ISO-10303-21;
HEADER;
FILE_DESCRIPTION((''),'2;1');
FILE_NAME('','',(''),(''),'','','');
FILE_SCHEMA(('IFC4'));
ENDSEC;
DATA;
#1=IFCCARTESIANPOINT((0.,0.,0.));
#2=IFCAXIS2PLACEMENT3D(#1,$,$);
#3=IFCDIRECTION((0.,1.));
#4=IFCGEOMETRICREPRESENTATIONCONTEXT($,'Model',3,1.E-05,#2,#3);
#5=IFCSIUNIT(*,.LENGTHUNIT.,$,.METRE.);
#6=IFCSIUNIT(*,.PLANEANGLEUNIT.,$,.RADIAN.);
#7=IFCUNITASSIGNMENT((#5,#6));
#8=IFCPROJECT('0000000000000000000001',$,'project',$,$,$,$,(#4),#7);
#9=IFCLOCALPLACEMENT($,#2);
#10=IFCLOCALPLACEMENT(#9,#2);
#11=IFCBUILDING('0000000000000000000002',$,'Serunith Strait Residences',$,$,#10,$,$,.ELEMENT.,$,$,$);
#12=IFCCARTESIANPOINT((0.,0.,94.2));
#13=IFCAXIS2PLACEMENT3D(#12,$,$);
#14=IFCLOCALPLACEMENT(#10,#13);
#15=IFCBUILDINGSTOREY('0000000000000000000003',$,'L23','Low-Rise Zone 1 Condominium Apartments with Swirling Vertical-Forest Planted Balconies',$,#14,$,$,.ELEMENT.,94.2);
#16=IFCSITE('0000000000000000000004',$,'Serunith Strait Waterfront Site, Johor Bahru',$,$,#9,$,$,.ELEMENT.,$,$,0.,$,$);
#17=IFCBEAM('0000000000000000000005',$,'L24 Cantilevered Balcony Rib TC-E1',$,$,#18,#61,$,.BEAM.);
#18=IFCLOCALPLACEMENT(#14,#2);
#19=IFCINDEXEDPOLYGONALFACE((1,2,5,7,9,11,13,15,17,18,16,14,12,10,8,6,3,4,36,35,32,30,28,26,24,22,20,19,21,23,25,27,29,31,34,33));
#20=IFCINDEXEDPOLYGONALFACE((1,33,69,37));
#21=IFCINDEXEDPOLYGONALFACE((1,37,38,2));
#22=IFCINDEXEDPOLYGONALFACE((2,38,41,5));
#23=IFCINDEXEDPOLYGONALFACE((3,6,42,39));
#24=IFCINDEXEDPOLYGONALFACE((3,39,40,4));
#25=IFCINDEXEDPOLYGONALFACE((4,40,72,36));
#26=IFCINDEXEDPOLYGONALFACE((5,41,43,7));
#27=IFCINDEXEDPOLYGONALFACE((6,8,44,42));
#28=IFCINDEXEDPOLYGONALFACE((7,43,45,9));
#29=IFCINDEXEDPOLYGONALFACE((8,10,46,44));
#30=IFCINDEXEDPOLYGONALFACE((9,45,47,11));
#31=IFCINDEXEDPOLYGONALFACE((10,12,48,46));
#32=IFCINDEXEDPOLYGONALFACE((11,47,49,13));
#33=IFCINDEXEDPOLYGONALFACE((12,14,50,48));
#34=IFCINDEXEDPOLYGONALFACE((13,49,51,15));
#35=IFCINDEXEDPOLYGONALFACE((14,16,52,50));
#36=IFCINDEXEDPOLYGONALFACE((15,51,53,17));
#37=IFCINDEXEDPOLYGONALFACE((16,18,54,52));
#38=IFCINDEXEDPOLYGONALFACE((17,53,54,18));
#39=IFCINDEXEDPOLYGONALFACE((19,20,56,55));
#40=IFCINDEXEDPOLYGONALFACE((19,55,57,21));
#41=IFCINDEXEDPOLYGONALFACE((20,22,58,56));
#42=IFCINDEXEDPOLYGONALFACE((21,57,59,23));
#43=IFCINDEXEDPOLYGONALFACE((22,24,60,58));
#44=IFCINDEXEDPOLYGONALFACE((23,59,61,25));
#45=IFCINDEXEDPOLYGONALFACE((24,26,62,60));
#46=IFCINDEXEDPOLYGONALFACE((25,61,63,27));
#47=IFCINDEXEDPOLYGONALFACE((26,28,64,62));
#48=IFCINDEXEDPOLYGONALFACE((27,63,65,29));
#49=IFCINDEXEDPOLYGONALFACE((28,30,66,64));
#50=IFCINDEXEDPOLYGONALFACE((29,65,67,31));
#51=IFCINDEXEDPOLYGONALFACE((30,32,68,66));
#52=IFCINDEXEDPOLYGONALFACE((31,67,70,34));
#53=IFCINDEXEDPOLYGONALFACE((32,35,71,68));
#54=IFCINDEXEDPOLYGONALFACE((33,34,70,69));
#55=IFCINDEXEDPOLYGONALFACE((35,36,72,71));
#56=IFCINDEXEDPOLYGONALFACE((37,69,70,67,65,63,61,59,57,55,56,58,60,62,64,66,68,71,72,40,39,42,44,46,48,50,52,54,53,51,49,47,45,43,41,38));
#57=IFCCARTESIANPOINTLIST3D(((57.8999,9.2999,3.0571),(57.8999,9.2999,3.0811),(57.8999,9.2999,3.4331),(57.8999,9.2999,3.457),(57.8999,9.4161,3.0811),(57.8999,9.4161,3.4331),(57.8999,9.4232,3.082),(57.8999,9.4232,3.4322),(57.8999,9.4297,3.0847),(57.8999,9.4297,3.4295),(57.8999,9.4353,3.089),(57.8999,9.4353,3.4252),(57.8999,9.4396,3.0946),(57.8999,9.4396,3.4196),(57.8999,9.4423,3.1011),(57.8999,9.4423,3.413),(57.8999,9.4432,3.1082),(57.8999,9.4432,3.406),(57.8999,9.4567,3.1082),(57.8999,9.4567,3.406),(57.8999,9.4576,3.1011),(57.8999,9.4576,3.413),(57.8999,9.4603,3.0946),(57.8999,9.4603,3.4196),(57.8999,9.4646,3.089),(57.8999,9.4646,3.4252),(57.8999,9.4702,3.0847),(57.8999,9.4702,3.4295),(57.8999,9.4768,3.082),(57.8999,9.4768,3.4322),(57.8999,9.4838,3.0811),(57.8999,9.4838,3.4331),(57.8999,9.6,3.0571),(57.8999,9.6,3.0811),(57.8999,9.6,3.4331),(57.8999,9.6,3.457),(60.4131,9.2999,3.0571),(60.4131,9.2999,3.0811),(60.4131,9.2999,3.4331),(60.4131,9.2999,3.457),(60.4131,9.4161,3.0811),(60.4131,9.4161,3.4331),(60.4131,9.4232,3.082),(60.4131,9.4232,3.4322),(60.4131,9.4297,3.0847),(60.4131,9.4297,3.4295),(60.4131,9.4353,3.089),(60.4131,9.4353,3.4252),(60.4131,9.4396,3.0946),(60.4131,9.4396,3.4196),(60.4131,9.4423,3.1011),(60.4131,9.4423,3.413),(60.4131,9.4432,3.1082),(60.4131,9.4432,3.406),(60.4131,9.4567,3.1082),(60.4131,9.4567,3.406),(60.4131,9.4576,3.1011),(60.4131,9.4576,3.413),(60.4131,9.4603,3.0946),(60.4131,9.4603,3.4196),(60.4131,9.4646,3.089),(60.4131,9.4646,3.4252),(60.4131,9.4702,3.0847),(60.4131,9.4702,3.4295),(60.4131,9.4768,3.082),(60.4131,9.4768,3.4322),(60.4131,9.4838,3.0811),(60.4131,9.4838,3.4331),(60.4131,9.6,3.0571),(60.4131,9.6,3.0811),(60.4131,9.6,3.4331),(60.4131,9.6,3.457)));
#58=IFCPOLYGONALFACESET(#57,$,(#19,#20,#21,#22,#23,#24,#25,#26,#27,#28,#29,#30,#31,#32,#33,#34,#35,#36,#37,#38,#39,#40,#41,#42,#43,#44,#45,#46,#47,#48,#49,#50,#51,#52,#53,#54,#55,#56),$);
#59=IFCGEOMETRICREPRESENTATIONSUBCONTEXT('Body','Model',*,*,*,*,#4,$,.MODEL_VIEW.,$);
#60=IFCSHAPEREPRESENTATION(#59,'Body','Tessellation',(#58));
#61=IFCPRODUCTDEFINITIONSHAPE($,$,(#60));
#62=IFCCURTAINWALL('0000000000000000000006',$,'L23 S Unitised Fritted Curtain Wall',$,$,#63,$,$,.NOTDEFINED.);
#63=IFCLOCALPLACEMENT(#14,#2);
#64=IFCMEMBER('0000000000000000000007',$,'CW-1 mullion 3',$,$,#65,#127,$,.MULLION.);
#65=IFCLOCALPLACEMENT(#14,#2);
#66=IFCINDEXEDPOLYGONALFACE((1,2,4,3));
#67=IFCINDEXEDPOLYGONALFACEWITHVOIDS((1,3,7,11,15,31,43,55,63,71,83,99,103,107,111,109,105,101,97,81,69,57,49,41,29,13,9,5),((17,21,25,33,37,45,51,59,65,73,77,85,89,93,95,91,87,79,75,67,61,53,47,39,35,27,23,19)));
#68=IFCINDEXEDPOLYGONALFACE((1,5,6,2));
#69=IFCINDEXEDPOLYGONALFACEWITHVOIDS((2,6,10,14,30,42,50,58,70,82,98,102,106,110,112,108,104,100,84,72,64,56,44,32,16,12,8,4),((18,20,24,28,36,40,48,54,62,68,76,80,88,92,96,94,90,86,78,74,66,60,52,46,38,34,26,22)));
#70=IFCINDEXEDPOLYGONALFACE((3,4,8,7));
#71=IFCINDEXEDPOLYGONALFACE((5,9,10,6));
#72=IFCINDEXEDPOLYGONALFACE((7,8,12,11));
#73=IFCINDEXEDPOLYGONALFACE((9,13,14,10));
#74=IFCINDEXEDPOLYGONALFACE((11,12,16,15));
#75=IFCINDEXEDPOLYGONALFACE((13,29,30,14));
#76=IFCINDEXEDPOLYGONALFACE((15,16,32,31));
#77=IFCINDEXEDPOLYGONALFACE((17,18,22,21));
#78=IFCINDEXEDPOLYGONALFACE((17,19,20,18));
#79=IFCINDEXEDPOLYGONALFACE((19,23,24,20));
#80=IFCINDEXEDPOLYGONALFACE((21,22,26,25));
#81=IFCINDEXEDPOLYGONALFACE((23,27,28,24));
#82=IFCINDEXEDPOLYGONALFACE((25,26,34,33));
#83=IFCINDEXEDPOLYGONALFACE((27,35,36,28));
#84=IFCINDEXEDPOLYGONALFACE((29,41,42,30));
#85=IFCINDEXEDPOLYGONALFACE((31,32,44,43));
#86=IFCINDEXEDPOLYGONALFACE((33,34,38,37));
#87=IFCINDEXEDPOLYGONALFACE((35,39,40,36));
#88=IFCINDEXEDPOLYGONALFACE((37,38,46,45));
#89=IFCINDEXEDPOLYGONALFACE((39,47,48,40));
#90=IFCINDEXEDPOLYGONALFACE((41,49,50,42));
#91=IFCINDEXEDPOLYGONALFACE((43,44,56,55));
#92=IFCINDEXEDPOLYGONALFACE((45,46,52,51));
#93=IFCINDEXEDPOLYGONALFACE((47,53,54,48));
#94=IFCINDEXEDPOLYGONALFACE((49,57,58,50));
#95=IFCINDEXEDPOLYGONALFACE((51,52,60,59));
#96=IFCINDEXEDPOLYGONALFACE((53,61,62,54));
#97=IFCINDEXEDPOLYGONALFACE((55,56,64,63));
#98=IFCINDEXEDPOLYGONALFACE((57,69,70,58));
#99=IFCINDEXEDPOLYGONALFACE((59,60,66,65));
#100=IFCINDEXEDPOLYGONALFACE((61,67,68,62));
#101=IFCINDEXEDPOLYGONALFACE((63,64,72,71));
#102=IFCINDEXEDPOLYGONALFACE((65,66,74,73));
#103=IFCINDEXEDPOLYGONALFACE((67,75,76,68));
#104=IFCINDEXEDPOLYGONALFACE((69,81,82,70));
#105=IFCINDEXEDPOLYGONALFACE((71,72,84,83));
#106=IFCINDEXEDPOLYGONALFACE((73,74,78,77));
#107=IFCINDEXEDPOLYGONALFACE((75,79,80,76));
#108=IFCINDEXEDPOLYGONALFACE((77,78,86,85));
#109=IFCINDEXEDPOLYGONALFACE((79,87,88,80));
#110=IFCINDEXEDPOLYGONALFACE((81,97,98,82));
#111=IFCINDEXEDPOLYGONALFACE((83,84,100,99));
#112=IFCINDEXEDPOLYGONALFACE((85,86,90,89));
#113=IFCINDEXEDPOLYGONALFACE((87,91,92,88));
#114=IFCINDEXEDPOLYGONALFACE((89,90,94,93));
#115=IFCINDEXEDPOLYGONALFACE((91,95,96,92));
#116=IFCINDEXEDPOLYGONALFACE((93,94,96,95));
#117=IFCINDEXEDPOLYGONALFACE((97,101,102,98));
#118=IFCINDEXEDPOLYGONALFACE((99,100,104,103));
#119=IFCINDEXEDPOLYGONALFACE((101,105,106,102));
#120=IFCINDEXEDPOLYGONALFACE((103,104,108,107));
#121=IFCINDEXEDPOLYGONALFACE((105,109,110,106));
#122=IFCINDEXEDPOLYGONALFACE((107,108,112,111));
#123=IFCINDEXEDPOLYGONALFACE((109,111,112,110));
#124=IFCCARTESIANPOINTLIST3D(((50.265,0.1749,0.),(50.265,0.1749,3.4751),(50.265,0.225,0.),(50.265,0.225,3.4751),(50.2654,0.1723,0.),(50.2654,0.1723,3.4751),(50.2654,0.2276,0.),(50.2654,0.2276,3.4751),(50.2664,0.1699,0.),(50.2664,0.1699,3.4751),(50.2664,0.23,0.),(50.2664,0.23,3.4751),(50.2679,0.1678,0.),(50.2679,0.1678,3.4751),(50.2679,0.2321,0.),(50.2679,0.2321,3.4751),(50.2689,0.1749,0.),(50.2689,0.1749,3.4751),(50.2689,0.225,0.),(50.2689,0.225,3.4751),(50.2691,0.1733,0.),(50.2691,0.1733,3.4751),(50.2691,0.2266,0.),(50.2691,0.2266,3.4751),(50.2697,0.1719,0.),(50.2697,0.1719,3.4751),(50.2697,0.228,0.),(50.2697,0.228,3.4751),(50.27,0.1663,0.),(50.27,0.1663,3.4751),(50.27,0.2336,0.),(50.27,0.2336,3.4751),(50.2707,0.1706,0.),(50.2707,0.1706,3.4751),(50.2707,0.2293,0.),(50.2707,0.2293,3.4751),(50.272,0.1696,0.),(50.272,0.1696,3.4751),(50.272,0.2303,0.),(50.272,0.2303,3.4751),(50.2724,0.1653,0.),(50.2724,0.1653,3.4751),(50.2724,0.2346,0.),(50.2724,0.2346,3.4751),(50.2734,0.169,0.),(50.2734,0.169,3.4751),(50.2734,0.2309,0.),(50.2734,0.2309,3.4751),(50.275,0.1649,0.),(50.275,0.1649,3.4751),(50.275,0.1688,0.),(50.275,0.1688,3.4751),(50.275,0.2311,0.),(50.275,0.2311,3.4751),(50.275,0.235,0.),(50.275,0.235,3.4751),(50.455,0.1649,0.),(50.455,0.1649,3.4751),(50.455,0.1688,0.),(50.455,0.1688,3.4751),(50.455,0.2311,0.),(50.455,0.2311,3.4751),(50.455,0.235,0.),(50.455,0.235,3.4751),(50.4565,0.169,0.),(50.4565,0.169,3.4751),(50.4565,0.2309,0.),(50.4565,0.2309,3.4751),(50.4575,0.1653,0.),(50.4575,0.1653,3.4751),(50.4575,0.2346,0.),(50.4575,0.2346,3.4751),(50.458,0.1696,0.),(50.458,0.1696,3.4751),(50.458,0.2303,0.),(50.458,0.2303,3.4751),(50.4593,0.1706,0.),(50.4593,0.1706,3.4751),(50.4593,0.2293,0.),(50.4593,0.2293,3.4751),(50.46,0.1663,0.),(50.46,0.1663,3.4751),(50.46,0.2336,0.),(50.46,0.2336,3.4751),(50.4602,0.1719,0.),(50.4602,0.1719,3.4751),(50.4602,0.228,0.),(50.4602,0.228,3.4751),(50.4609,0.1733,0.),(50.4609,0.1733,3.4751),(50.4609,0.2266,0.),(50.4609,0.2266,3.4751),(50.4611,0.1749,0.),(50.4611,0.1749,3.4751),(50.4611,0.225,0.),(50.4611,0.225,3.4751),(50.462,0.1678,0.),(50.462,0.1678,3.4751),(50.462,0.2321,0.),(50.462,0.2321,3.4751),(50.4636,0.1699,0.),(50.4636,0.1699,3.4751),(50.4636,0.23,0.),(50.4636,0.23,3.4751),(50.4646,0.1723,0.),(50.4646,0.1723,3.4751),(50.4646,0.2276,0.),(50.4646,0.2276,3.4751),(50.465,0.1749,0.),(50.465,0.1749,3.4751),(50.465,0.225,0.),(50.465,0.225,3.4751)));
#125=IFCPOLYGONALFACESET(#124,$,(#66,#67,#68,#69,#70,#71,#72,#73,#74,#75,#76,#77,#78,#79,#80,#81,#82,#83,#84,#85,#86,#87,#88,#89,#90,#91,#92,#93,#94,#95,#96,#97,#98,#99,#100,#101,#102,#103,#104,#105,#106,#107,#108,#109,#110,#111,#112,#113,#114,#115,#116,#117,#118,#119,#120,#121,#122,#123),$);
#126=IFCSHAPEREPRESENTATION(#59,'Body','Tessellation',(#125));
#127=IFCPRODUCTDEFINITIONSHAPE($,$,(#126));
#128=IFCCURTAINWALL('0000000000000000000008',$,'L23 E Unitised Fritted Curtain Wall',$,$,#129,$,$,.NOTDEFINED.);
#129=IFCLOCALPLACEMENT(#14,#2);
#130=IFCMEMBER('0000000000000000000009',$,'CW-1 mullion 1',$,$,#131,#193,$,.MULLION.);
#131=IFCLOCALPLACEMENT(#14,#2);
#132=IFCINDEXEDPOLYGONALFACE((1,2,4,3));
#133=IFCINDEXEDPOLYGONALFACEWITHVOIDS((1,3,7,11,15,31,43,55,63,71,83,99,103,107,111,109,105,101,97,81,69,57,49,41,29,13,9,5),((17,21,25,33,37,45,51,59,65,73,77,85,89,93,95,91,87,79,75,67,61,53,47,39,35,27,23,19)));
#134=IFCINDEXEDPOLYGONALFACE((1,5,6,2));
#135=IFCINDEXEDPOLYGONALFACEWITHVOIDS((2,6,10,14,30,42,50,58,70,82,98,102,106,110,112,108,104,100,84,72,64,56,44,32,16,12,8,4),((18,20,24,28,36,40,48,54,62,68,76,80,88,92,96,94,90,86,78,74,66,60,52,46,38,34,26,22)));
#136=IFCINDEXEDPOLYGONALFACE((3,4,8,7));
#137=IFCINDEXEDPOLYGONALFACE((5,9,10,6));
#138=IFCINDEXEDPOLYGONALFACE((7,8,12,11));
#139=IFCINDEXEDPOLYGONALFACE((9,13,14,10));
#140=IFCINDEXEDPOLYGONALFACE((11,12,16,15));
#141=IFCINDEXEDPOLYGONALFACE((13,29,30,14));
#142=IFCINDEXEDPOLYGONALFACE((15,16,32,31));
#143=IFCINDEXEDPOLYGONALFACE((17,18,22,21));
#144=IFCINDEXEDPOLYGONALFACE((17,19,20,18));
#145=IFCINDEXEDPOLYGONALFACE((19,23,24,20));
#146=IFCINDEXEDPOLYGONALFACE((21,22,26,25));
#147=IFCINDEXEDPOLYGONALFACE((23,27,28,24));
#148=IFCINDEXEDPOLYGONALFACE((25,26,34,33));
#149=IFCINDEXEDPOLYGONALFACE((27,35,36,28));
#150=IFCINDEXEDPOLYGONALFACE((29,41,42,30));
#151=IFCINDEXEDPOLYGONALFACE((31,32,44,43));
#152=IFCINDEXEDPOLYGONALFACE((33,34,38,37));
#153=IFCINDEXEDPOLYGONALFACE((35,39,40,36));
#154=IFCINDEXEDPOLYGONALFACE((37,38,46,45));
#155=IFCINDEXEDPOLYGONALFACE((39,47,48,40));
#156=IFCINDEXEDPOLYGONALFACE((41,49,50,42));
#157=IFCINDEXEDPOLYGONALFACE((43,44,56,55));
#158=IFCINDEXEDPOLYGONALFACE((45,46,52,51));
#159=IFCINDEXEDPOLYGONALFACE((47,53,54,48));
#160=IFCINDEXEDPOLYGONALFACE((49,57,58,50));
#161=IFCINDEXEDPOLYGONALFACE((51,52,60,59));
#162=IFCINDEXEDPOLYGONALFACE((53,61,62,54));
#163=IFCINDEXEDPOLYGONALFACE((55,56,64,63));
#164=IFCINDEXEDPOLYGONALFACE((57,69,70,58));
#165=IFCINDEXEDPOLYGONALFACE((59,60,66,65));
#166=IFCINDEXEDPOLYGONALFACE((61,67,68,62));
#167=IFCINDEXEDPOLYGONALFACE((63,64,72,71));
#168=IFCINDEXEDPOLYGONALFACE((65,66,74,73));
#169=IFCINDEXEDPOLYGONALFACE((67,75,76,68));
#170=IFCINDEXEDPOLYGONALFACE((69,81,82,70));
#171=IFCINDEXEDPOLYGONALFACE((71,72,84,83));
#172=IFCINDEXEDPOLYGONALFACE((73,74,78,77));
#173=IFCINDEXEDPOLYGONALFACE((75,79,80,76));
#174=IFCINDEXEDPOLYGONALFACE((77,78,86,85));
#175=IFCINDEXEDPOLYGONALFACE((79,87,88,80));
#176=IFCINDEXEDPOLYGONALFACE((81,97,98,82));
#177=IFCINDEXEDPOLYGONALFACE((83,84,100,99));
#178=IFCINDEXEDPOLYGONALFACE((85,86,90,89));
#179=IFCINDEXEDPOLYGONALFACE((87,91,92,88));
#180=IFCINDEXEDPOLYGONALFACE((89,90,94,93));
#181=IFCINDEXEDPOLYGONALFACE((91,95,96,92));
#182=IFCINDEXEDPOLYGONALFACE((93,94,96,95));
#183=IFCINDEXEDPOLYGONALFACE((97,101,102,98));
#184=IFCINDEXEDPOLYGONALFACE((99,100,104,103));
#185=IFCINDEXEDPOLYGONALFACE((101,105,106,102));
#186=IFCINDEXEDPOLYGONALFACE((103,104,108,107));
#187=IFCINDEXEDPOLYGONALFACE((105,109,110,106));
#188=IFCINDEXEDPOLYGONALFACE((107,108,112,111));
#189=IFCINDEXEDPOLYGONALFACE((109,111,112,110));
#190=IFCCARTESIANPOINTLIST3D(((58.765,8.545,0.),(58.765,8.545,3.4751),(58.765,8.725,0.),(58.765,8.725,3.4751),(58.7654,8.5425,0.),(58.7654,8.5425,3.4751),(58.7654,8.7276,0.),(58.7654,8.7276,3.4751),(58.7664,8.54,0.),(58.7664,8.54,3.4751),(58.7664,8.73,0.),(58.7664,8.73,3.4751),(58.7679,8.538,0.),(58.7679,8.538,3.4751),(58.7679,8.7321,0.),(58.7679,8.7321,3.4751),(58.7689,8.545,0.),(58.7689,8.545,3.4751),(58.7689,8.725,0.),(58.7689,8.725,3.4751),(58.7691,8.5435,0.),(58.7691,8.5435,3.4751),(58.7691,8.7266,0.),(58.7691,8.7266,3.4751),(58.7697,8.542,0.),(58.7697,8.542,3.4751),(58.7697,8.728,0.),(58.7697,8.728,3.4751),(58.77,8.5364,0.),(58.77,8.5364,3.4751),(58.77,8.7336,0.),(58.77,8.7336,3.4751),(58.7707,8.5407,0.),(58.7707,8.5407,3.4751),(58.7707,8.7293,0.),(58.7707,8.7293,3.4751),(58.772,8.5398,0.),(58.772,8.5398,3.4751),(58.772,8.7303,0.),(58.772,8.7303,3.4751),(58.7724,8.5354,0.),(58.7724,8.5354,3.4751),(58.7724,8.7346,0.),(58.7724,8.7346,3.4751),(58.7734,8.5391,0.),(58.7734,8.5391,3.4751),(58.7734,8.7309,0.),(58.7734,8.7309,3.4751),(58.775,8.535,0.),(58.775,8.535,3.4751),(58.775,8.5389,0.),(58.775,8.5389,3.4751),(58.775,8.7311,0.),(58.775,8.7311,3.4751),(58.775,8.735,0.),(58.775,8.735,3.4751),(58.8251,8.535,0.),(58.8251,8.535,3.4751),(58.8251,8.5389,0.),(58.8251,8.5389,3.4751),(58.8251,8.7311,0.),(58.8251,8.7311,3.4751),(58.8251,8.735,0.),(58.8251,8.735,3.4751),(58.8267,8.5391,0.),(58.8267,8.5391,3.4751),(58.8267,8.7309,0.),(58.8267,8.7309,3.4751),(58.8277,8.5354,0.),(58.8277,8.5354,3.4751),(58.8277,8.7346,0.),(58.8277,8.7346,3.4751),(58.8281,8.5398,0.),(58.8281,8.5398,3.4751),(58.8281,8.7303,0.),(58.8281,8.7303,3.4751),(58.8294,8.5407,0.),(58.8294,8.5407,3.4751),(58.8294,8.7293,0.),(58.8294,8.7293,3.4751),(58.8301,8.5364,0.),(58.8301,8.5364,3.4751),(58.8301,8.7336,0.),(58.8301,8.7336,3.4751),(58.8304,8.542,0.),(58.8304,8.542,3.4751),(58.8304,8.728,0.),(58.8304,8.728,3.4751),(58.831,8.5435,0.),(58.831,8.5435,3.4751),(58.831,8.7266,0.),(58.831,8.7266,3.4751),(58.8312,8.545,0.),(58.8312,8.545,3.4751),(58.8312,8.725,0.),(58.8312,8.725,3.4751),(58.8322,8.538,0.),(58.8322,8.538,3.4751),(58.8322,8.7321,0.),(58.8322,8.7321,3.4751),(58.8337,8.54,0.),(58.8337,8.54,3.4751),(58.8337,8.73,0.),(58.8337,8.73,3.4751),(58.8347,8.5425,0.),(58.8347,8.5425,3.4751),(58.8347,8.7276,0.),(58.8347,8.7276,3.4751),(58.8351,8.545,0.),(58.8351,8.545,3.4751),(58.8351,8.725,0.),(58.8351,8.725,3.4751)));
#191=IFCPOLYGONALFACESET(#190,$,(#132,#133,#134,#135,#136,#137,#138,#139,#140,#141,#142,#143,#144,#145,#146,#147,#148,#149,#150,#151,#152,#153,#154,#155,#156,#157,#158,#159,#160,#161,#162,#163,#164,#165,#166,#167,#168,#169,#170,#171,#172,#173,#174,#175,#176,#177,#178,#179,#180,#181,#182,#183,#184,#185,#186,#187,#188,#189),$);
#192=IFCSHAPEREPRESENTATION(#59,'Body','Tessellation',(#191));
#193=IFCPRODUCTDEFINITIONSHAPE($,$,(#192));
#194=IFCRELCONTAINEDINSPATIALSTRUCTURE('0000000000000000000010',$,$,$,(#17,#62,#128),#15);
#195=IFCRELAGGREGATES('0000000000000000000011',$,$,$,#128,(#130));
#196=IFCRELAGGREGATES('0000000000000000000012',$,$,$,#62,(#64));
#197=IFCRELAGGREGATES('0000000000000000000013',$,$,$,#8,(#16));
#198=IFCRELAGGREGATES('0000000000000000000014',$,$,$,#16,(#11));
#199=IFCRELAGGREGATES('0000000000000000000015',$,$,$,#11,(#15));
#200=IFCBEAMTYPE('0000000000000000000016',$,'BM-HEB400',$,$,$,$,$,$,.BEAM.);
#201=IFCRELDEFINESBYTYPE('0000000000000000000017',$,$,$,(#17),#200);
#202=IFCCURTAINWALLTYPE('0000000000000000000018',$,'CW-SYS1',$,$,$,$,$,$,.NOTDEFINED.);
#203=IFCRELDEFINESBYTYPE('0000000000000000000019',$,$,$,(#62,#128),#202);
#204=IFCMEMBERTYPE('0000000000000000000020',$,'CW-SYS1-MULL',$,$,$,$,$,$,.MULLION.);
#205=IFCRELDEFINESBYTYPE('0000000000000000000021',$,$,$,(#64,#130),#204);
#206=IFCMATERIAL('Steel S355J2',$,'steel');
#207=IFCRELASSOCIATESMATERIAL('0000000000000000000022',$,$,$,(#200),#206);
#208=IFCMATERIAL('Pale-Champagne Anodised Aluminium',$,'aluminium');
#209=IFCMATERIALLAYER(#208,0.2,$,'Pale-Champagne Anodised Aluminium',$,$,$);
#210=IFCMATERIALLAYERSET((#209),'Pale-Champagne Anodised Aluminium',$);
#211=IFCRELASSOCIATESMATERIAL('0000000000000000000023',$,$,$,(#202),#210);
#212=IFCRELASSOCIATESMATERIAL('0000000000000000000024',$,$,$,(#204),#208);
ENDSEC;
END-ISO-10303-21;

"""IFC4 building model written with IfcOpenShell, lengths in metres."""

from ifc_helpers import new_model, si_unit, direction, frame, origin, origin_2d, place, context, subcontext, project, spatial, hollow_rectangle, i_section, extrude, source, transform, mapped, material, layer, layer_set, material_profile, profile_set, type_object, element, aggregate, save


model = new_model("IFC4")

# Units and contexts
model_context = context("Model", 3, precision=1e-05, world=origin(), true_north=direction((0.0, 1.0)))
body_context = subcontext(model_context, "Body", "Model", "MODEL_VIEW")
ifc_project = project(units=[si_unit("LENGTHUNIT", "METRE"), si_unit("PLANEANGLEUNIT", "RADIAN")], contexts=[model_context])

# Site, building, storey
site_placement = place(None, origin())
site = spatial("IfcSite", under=ifc_project, at=site_placement, Name="Serunith Strait Waterfront Site, Johor Bahru", CompositionType="ELEMENT", RefElevation=0.0)
building_placement = place(site_placement, origin())
building = spatial("IfcBuilding", under=site, at=building_placement, Name="Serunith Strait Residences", CompositionType="ELEMENT")
storey_placement = place(building_placement, frame((0.0, 0.0, 94.2)))
storey = spatial("IfcBuildingStorey", under=building, at=storey_placement, Name="L23", Description="Low-Rise Zone 1 Condominium Apartments with Swirling Vertical-Forest Planted Balconies", CompositionType="ELEMENT", Elevation=94.2)

# Beam
ifc_material_1 = material(Name="Steel S355J2", Category="steel")
ifc_material_profile_1 = material_profile(ifc_material_1, i_section(OverallWidth=0.3, OverallDepth=0.3999, WebThickness=0.0134, FlangeThickness=0.0239, FilletRadius=0.0271, at=origin_2d()), Name="HEB 400")
ifc_profile_set_1 = profile_set([ifc_material_profile_1], Name="Steel S355J2")
beam_type_1 = type_object("IfcBeamType", Name="BM-HEB400", PredefinedType="BEAM", material=ifc_profile_set_1)
shared_shape_1 = source(origin(), body_context, "Body", "SweptSolid", [
    extrude(i_section(OverallWidth=0.3, OverallDepth=0.3999, WebThickness=0.0134, FlangeThickness=0.0239, FilletRadius=0.0271, at=origin_2d()), origin(), (0.0, 0.0, 1.0), 2.5132),
])
beam_1_placement = place(storey_placement, frame((57.8999, 9.45, 3.2571), z_axis=(1.0, 0.0, 0.0), x_axis=(0.0, 1.0, 0.0)))
element("IfcBeam", 1, at=beam_1_placement, inside=storey, type_object=beam_type_1, Name="L24 Cantilevered Balcony Rib TC-E1", PredefinedType="BEAM", context=body_context, shape_type="MappedRepresentation", body=[
    mapped(shared_shape_1, transform((0.0, 0.0, 0.0), scale=1.0)),
])

# Curtain wall, member
ifc_material_2 = material(Name="Pale-Champagne Anodised Aluminium", Category="aluminium")
ifc_layer_1 = layer(ifc_material_2, 0.2, Name="Pale-Champagne Anodised Aluminium")
ifc_layer_set_1 = layer_set([ifc_layer_1], Name="Pale-Champagne Anodised Aluminium")
curtain_wall_type = type_object("IfcCurtainWallType", Name="CW-SYS1", PredefinedType="NOTDEFINED", material=ifc_layer_set_1)
curtain_wall_1_placement = place(storey_placement, origin())
curtain_wall_1 = element("IfcCurtainWall", 2, at=curtain_wall_1_placement, inside=storey, type_object=curtain_wall_type, Name="L23 S Unitised Fritted Curtain Wall", PredefinedType="NOTDEFINED")
ifc_material_profile_2 = material_profile(ifc_material_2, hollow_rectangle(XDim=0.0701, YDim=0.2, WallThickness=0.0039, InnerFilletRadius=0.0061, OuterFilletRadius=0.01, at=origin_2d()), Name="ALU 200x70x4")
ifc_profile_set_2 = profile_set([ifc_material_profile_2], Name="Pale-Champagne Anodised Aluminium")
member_type_1 = type_object("IfcMemberType", Name="CW-SYS1-MULL", PredefinedType="MULLION", material=ifc_profile_set_2)
shared_shape_2 = source(origin(), body_context, "Body", "SweptSolid", [
    extrude(hollow_rectangle(XDim=0.0701, YDim=0.2, WallThickness=0.0039, InnerFilletRadius=0.0061, OuterFilletRadius=0.01, at=origin_2d()), origin(), (0.0, 0.0, 1.0), 3.4751),
])
member_1_placement = place(storey_placement, frame((50.365, 0.2, 0.0), z_axis=(0.0, 0.0, 1.0), x_axis=(0.0, 1.0, 0.0)))
member_1 = element("IfcMember", 3, at=member_1_placement, type_object=member_type_1, Name="CW-1 mullion 3", PredefinedType="MULLION", context=body_context, shape_type="MappedRepresentation", body=[
    mapped(shared_shape_2, transform((0.0, 0.0, 0.0), scale=1.0)),
])

# Curtain wall, member
curtain_wall_2_placement = place(storey_placement, origin())
curtain_wall_2 = element("IfcCurtainWall", 4, at=curtain_wall_2_placement, inside=storey, type_object=curtain_wall_type, Name="L23 E Unitised Fritted Curtain Wall", PredefinedType="NOTDEFINED")
member_2_placement = place(storey_placement, frame((58.8, 8.635, 0.0), z_axis=(0.0, 0.0, 1.0), x_axis=(-1.0, 0.0, 0.0)))
member_2 = element("IfcMember", 5, at=member_2_placement, type_object=member_type_1, Name="CW-1 mullion 1", PredefinedType="MULLION", context=body_context, shape_type="MappedRepresentation", body=[
    mapped(shared_shape_2, transform((0.0, 0.0, 0.0), scale=1.0)),
])
aggregate(curtain_wall_2, [member_2])

aggregate(curtain_wall_1, [member_1])

save(model, "model.ifc")
